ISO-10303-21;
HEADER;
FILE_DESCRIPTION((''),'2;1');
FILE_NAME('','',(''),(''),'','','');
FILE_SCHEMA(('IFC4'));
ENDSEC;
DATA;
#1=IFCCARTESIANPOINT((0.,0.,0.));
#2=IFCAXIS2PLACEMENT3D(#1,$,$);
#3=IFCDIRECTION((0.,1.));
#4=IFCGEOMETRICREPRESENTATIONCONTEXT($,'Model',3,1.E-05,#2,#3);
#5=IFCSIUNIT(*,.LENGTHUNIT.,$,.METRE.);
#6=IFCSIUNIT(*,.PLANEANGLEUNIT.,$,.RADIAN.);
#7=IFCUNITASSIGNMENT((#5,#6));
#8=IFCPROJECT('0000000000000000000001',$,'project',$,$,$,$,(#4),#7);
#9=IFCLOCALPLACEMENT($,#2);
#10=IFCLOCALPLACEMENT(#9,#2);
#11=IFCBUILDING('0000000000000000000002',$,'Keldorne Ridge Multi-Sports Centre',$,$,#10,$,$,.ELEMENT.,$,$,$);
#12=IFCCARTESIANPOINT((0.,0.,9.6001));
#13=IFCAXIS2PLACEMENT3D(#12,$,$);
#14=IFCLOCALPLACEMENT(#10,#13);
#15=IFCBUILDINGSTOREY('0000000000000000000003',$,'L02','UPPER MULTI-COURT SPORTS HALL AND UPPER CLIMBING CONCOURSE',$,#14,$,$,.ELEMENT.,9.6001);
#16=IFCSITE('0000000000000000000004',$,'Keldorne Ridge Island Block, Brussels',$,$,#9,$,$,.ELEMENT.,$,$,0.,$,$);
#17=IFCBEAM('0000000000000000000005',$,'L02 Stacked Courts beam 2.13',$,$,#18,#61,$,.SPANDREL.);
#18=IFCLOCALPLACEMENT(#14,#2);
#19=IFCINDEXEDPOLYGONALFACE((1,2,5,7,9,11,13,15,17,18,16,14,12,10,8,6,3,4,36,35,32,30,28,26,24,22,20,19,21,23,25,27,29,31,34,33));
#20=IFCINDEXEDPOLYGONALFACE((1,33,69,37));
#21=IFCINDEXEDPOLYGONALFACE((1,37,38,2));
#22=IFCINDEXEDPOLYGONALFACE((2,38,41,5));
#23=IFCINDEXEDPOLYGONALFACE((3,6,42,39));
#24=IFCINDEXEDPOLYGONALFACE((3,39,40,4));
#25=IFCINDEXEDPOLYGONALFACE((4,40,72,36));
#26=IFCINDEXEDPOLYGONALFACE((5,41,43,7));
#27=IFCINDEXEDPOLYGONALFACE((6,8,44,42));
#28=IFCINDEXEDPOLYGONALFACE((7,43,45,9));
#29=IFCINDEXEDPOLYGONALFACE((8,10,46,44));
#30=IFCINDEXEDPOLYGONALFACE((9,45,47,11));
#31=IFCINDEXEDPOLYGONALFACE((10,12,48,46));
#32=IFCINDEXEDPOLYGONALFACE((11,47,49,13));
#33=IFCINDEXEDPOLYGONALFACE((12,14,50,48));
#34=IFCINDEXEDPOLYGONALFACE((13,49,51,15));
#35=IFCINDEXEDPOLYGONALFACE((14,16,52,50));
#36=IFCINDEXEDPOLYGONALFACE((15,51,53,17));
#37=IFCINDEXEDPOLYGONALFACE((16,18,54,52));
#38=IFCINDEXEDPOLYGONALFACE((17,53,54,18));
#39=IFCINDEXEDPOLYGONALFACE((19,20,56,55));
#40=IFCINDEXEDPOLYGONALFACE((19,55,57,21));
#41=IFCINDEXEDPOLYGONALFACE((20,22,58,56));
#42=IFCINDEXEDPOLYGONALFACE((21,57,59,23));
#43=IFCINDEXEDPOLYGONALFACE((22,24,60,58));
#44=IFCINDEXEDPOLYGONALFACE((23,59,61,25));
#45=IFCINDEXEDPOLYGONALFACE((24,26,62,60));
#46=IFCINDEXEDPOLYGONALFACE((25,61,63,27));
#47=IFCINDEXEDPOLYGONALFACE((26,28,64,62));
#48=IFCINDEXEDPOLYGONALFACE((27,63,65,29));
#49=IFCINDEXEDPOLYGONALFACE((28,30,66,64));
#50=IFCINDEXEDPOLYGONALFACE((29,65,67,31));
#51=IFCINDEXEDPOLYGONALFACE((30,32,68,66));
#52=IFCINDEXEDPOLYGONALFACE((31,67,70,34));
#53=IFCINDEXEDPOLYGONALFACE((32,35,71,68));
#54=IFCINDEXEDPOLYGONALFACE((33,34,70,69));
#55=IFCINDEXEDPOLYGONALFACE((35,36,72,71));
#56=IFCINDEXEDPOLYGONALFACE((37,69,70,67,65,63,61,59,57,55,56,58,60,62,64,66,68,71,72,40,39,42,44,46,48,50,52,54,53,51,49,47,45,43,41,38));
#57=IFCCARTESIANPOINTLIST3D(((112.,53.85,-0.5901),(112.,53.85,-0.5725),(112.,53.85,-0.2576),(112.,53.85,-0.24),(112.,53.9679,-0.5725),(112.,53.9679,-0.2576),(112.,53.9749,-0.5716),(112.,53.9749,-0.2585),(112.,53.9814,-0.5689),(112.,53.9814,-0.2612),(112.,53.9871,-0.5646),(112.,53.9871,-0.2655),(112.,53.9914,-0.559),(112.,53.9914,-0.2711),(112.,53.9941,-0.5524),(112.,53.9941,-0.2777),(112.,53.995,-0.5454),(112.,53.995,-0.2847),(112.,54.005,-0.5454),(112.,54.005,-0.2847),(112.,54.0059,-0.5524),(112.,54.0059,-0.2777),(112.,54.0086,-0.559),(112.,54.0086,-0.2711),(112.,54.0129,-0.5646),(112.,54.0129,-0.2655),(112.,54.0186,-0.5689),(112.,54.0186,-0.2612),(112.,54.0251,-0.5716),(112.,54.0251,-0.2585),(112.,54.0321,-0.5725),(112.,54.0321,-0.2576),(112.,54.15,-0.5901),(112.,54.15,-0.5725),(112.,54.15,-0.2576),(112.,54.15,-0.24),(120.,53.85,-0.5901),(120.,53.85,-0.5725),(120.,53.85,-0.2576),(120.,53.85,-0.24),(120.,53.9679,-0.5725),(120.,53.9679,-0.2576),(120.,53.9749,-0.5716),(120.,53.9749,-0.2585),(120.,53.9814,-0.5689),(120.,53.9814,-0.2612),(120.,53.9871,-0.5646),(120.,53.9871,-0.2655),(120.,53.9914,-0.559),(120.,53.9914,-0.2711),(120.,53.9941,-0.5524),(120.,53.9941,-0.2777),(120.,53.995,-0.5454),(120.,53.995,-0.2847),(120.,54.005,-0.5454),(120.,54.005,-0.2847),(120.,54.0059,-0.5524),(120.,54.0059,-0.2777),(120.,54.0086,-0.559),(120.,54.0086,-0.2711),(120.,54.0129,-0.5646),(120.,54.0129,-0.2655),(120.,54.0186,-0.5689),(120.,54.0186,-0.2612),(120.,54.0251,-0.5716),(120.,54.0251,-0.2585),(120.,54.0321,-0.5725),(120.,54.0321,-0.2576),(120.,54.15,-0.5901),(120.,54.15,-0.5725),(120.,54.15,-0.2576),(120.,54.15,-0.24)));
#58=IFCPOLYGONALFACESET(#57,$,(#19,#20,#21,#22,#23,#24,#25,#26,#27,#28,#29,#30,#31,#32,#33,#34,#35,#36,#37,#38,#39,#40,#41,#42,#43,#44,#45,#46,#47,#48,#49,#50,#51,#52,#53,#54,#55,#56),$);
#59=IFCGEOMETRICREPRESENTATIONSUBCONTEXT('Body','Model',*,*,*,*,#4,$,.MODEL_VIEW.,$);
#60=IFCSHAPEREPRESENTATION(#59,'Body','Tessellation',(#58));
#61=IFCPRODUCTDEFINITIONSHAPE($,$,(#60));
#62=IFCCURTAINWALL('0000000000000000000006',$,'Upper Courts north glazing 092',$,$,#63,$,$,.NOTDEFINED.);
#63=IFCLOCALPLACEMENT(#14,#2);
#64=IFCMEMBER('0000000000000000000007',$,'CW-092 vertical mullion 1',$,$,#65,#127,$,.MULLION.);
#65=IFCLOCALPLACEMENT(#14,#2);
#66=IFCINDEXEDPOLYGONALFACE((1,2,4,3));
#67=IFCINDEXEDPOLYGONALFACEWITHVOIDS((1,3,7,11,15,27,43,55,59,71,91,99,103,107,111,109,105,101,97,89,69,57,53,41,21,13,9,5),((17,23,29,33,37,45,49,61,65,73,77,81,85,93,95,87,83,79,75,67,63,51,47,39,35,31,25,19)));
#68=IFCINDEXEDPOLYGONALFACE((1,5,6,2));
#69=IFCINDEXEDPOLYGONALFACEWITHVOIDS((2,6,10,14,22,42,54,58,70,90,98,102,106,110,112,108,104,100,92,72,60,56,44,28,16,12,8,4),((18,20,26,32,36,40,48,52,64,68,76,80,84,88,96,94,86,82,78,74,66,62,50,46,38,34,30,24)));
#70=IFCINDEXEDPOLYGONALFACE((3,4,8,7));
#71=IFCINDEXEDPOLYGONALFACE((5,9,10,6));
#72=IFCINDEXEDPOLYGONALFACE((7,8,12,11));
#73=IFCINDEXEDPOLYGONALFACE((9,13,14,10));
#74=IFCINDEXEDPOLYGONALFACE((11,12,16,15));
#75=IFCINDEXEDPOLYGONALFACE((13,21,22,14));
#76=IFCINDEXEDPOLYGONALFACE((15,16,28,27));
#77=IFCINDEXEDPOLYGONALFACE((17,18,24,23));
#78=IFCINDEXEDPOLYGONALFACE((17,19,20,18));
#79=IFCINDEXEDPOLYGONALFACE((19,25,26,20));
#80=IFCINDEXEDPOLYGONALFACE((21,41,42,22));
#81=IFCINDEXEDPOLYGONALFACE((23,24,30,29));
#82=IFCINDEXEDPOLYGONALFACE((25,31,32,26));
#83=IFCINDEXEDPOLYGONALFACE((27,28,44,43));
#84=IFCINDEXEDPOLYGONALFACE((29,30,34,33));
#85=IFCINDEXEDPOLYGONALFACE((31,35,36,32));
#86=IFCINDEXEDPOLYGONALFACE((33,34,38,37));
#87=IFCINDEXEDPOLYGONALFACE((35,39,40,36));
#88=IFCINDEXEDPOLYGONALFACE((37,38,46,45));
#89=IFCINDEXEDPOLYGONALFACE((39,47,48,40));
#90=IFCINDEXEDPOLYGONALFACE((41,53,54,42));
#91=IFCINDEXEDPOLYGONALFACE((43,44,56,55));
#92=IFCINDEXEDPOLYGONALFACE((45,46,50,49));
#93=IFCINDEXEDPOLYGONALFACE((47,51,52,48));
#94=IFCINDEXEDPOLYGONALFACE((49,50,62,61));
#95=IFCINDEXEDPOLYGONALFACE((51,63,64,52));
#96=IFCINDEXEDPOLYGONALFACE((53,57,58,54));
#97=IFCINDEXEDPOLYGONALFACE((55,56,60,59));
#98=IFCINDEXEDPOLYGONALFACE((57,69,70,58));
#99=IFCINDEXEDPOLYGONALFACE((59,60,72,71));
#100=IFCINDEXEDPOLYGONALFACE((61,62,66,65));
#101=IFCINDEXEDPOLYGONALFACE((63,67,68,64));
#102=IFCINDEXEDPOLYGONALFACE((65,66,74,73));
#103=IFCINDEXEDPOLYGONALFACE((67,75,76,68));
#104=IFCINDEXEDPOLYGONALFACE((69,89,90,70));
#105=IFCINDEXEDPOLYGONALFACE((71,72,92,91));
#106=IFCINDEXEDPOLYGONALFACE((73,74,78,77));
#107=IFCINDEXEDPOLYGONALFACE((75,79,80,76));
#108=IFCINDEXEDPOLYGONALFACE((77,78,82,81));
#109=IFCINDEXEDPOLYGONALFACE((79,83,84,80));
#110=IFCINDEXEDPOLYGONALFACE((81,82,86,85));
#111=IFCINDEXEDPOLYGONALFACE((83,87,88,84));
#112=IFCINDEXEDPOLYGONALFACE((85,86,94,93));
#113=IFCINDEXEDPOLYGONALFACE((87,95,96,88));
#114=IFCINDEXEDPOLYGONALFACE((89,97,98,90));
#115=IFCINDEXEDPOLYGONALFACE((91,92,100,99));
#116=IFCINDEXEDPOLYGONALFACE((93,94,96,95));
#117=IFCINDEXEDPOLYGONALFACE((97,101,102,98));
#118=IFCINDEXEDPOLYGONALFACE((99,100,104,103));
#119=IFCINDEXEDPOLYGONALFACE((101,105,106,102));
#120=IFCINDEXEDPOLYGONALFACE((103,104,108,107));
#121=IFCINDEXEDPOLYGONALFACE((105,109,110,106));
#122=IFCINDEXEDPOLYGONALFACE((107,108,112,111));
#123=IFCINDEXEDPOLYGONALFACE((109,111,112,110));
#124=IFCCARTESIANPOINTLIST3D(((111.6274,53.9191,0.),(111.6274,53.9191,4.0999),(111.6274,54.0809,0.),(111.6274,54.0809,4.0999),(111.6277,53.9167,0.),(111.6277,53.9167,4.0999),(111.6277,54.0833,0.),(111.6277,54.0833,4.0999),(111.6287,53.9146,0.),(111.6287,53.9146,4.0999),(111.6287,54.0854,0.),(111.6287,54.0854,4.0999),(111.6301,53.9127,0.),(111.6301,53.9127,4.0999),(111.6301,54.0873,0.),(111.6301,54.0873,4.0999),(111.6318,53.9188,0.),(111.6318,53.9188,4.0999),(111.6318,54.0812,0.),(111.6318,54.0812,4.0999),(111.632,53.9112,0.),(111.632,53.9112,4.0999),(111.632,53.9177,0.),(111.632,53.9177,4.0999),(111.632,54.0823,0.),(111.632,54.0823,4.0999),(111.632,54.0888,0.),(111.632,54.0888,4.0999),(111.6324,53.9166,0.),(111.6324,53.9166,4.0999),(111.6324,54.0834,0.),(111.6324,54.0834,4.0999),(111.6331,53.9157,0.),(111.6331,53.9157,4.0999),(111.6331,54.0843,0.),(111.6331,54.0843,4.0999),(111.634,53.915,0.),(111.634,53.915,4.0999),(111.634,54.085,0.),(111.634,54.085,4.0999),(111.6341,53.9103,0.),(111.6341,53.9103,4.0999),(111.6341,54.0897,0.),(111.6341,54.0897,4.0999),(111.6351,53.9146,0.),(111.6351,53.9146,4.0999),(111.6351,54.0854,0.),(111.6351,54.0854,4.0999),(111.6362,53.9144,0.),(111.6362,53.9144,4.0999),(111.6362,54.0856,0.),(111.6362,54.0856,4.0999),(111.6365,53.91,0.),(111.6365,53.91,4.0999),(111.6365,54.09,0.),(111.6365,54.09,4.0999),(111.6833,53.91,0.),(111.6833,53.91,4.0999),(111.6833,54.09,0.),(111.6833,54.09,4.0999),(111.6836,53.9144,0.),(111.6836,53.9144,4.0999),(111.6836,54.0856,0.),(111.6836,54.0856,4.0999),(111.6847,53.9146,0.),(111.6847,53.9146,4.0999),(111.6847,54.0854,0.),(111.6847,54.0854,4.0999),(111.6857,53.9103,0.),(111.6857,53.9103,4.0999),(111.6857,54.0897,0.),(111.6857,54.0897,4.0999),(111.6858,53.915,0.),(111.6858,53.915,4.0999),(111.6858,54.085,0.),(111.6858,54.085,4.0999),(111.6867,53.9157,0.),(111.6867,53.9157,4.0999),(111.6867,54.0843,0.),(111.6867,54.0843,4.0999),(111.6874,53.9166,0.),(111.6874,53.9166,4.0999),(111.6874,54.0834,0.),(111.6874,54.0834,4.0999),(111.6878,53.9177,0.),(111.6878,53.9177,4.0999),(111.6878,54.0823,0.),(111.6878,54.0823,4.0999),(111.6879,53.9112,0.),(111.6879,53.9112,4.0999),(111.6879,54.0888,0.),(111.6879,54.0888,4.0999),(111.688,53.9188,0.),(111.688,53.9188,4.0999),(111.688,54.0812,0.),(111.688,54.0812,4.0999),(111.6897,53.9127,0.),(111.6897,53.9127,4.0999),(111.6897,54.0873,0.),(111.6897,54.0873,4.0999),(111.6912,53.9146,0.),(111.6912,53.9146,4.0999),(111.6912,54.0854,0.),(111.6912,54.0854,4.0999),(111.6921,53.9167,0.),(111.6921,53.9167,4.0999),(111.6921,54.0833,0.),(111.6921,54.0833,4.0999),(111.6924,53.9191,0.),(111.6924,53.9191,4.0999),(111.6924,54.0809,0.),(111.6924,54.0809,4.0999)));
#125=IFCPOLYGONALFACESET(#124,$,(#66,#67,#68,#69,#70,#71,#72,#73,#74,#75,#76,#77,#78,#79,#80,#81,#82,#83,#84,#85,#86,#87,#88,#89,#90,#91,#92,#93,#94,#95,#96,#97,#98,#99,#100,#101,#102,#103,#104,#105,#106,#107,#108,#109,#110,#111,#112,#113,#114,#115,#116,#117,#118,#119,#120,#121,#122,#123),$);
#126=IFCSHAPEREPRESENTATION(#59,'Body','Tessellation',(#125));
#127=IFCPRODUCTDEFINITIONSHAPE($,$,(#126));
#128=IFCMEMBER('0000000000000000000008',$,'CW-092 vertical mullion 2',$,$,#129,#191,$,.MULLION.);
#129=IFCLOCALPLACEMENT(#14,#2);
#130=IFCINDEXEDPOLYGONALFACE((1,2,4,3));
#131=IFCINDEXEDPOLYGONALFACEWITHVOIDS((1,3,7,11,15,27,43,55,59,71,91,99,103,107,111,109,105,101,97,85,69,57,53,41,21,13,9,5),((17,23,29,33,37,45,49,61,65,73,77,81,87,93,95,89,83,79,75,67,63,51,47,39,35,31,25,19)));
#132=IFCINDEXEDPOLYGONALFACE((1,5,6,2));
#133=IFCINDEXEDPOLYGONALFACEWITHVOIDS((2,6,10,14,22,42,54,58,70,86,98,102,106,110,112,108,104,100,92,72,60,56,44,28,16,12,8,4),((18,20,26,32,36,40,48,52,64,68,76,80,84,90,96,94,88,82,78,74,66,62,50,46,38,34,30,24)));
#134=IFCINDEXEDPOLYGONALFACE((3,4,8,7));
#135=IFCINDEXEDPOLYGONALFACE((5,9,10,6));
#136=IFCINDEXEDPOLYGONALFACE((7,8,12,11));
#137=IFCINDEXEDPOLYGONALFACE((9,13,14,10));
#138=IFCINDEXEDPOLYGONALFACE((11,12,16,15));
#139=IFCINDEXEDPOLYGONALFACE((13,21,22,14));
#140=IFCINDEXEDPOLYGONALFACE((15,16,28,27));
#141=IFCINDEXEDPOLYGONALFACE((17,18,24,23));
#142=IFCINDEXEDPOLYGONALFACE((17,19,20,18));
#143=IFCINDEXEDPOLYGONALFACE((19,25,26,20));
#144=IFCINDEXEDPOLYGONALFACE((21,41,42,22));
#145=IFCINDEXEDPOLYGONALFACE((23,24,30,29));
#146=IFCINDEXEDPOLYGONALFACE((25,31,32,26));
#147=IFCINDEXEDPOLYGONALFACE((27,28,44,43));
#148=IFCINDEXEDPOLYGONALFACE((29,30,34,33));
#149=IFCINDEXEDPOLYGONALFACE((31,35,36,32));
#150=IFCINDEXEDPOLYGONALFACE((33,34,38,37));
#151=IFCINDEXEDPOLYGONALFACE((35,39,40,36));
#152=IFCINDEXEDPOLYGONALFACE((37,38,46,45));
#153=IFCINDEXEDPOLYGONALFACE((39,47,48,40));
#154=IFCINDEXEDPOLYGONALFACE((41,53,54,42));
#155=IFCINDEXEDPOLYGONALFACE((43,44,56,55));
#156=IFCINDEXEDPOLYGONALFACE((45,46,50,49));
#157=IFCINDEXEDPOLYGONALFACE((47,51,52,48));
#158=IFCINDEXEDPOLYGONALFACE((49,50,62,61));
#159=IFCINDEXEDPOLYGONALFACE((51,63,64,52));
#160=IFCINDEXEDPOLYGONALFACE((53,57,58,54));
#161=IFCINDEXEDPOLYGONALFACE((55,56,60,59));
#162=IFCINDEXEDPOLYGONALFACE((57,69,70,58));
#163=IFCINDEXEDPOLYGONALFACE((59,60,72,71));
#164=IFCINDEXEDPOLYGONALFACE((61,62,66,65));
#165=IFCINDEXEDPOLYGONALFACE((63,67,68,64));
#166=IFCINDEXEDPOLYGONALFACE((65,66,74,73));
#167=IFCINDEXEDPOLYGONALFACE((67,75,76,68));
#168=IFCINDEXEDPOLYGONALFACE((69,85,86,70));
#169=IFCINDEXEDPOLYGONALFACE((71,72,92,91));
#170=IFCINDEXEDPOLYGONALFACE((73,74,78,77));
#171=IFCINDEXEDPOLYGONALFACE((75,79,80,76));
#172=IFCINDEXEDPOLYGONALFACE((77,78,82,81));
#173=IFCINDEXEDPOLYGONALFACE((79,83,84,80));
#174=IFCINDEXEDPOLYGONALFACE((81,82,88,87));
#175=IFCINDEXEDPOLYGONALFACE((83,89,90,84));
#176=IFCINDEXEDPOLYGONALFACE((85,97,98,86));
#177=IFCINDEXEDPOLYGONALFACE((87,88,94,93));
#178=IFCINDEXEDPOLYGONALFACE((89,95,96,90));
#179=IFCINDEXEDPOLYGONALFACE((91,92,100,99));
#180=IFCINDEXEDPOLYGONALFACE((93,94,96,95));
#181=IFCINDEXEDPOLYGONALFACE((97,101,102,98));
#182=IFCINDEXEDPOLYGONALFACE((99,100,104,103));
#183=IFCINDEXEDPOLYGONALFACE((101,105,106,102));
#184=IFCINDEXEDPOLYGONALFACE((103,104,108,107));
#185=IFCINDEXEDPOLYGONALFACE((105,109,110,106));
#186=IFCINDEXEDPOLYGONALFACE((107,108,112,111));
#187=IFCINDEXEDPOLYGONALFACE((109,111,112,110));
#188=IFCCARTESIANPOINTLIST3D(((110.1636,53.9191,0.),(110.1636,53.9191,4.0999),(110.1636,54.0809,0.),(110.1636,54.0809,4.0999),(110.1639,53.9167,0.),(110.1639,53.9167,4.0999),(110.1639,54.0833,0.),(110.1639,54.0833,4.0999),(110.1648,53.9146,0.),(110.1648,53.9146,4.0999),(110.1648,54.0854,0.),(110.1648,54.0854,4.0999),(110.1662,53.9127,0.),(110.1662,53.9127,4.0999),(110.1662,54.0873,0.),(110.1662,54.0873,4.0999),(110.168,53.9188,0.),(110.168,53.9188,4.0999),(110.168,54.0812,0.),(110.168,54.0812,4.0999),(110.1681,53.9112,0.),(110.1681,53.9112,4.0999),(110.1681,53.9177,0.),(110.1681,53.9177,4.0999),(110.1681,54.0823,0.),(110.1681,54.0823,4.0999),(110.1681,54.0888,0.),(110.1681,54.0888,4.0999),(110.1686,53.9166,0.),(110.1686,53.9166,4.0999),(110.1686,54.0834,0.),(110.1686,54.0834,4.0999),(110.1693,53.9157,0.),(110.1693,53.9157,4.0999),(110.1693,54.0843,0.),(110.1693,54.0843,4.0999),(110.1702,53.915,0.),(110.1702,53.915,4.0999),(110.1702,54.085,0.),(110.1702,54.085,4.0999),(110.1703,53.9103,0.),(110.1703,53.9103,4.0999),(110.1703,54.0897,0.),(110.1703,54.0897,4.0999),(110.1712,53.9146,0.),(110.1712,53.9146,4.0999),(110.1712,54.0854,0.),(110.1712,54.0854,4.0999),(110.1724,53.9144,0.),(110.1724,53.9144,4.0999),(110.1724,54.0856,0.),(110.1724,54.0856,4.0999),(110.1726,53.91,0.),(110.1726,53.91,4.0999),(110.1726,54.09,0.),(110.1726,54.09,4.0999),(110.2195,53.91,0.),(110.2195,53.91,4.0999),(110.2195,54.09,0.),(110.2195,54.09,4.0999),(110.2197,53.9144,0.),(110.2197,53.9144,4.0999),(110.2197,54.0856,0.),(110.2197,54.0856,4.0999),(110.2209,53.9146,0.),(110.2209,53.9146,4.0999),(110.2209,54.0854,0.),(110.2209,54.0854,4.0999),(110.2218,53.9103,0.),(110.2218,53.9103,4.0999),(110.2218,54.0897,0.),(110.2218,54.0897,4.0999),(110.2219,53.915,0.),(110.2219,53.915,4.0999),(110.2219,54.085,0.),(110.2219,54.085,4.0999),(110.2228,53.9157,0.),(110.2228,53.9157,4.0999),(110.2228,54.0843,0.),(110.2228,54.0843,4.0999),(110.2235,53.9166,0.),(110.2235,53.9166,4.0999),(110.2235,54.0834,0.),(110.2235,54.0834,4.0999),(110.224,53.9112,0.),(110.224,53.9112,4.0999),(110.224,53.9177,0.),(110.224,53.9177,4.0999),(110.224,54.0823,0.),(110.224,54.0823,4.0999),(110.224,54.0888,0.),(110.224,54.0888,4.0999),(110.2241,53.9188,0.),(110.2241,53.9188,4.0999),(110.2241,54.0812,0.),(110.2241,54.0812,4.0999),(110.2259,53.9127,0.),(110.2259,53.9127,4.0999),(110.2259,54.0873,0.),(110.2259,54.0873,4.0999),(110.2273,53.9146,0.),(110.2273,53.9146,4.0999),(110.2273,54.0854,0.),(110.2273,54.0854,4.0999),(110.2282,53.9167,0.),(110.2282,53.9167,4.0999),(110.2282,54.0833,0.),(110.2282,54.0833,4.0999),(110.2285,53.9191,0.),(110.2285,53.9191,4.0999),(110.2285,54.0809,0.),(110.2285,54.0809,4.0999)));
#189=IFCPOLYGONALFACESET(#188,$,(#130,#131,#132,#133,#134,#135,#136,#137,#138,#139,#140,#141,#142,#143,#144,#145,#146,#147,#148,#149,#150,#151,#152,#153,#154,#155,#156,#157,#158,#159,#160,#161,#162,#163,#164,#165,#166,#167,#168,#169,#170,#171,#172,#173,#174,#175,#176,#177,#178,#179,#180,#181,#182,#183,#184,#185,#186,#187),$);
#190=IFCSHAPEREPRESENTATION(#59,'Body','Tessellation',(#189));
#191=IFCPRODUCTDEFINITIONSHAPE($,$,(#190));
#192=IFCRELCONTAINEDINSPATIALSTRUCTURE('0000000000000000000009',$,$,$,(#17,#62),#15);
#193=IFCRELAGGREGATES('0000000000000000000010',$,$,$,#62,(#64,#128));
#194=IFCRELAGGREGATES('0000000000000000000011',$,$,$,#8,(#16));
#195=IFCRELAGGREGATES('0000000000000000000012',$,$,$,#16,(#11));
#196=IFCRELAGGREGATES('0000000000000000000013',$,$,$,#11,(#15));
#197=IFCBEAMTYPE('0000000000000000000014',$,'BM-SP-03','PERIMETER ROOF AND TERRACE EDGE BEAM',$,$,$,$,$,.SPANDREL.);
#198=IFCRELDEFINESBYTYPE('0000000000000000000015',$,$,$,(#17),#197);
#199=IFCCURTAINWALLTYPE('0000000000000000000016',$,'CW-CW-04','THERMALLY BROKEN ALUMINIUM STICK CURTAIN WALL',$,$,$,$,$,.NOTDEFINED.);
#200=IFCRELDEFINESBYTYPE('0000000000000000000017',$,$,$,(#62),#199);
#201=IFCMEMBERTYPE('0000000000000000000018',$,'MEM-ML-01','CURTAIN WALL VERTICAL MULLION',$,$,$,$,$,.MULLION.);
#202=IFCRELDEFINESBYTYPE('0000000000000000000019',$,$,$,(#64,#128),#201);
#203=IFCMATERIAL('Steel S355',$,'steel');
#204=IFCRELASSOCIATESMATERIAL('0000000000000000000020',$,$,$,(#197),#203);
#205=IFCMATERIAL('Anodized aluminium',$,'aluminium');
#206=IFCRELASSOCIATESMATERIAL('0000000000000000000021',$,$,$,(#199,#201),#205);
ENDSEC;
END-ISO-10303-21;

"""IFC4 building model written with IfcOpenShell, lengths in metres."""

from ifc_helpers import new_model, si_unit, direction, frame, origin, origin_2d, place, context, subcontext, project, spatial, hollow_rectangle, i_section, extrude, material, material_profile, profile_set, type_object, element, aggregate, save


model = new_model("IFC4")

# Units and contexts
model_context = context("Model", 3, precision=1e-05, world=origin(), true_north=direction((0.0, 1.0)))
body_context = subcontext(model_context, "Body", "Model", "MODEL_VIEW")
ifc_project = project(units=[si_unit("LENGTHUNIT", "METRE"), si_unit("PLANEANGLEUNIT", "RADIAN")], contexts=[model_context])

# Site, building, storey
site_placement = place(None, origin())
site = spatial("IfcSite", under=ifc_project, at=site_placement, Name="Keldorne Ridge Island Block, Brussels", CompositionType="ELEMENT", RefElevation=0.0)
building_placement = place(site_placement, origin())
building = spatial("IfcBuilding", under=site, at=building_placement, Name="Keldorne Ridge Multi-Sports Centre", CompositionType="ELEMENT")
storey_placement = place(building_placement, frame((0.0, 0.0, 9.6001)))
storey = spatial("IfcBuildingStorey", under=building, at=storey_placement, Name="L02", Description="UPPER MULTI-COURT SPORTS HALL AND UPPER CLIMBING CONCOURSE", CompositionType="ELEMENT", Elevation=9.6001)

# Shared definitions
ifc_material_1 = material(Name="Steel S355", Category="steel")

# Beam
ifc_material_profile_1 = material_profile(ifc_material_1, i_section(OverallWidth=0.3, OverallDepth=0.3501, WebThickness=0.01, FlangeThickness=0.0176, FilletRadius=0.0271, at=origin_2d()), Name="HEA 360")
ifc_profile_set_1 = profile_set([ifc_material_profile_1], Name="Steel S355")
beam_type_1 = type_object("IfcBeamType", Name="BM-SP-03", Description="PERIMETER ROOF AND TERRACE EDGE BEAM", PredefinedType="SPANDREL", material=ifc_profile_set_1)
beam_1_placement = place(storey_placement, frame((112.0, 54.0, -0.415), z_axis=(1.0, 0.0, 0.0), x_axis=(0.0, 1.0, 0.0)))
element("IfcBeam", 1, at=beam_1_placement, inside=storey, type_object=beam_type_1, Name="L02 Stacked Courts beam 2.13", PredefinedType="SPANDREL", context=body_context, shape_type="SweptSolid", body=[
    extrude(i_section(OverallWidth=0.3, OverallDepth=0.3501, WebThickness=0.01, FlangeThickness=0.0176, FilletRadius=0.0271, at=origin_2d()), origin(), (0.0, 0.0, 1.0), 8.0),
])

# Curtain wall, members
ifc_material_2 = material(Name="Anodized aluminium", Category="aluminium")
curtain_wall_type_1 = type_object("IfcCurtainWallType", Name="CW-CW-04", Description="THERMALLY BROKEN ALUMINIUM STICK CURTAIN WALL", PredefinedType="NOTDEFINED", material=ifc_material_2)
curtain_wall_1_placement = place(storey_placement, origin())
curtain_wall_1 = element("IfcCurtainWall", 2, at=curtain_wall_1_placement, inside=storey, type_object=curtain_wall_type_1, Name="Upper Courts north glazing 092", PredefinedType="NOTDEFINED")
ifc_material_profile_2 = material_profile(ifc_material_2, hollow_rectangle(XDim=0.0649, YDim=0.1799, WallThickness=0.0044, InnerFilletRadius=0.0044, OuterFilletRadius=0.009, at=origin_2d()), Name="ALU MULLION 180x65x4.5")
ifc_profile_set_2 = profile_set([ifc_material_profile_2], Name="Anodized aluminium")
member_type_1 = type_object("IfcMemberType", Name="MEM-ML-01", Description="CURTAIN WALL VERTICAL MULLION", PredefinedType="MULLION", material=ifc_profile_set_2)
member_1_placement = place(storey_placement, frame((111.6599, 54.0, 0.0), z_axis=(0.0, 0.0, 1.0), x_axis=(1.0, 0.0, 0.0)))
member_1 = element("IfcMember", 3, at=member_1_placement, type_object=member_type_1, Name="CW-092 vertical mullion 1", PredefinedType="MULLION", context=body_context, shape_type="SweptSolid", body=[
    extrude(hollow_rectangle(XDim=0.0649, YDim=0.1799, WallThickness=0.0044, InnerFilletRadius=0.0044, OuterFilletRadius=0.009, at=origin_2d()), origin(), (0.0, 0.0, 1.0), 4.0999),
])
member_2_placement = place(storey_placement, frame((110.196, 54.0, 0.0), z_axis=(0.0, 0.0, 1.0), x_axis=(1.0, 0.0, 0.0)))
member_2 = element("IfcMember", 4, at=member_2_placement, type_object=member_type_1, Name="CW-092 vertical mullion 2", PredefinedType="MULLION", context=body_context, shape_type="SweptSolid", body=[
    extrude(hollow_rectangle(XDim=0.0649, YDim=0.1799, WallThickness=0.0044, InnerFilletRadius=0.0044, OuterFilletRadius=0.009, at=origin_2d()), origin(), (0.0, 0.0, 1.0), 4.0999),
])

aggregate(curtain_wall_1, [member_1, member_2])

save(model, "model.ifc")
